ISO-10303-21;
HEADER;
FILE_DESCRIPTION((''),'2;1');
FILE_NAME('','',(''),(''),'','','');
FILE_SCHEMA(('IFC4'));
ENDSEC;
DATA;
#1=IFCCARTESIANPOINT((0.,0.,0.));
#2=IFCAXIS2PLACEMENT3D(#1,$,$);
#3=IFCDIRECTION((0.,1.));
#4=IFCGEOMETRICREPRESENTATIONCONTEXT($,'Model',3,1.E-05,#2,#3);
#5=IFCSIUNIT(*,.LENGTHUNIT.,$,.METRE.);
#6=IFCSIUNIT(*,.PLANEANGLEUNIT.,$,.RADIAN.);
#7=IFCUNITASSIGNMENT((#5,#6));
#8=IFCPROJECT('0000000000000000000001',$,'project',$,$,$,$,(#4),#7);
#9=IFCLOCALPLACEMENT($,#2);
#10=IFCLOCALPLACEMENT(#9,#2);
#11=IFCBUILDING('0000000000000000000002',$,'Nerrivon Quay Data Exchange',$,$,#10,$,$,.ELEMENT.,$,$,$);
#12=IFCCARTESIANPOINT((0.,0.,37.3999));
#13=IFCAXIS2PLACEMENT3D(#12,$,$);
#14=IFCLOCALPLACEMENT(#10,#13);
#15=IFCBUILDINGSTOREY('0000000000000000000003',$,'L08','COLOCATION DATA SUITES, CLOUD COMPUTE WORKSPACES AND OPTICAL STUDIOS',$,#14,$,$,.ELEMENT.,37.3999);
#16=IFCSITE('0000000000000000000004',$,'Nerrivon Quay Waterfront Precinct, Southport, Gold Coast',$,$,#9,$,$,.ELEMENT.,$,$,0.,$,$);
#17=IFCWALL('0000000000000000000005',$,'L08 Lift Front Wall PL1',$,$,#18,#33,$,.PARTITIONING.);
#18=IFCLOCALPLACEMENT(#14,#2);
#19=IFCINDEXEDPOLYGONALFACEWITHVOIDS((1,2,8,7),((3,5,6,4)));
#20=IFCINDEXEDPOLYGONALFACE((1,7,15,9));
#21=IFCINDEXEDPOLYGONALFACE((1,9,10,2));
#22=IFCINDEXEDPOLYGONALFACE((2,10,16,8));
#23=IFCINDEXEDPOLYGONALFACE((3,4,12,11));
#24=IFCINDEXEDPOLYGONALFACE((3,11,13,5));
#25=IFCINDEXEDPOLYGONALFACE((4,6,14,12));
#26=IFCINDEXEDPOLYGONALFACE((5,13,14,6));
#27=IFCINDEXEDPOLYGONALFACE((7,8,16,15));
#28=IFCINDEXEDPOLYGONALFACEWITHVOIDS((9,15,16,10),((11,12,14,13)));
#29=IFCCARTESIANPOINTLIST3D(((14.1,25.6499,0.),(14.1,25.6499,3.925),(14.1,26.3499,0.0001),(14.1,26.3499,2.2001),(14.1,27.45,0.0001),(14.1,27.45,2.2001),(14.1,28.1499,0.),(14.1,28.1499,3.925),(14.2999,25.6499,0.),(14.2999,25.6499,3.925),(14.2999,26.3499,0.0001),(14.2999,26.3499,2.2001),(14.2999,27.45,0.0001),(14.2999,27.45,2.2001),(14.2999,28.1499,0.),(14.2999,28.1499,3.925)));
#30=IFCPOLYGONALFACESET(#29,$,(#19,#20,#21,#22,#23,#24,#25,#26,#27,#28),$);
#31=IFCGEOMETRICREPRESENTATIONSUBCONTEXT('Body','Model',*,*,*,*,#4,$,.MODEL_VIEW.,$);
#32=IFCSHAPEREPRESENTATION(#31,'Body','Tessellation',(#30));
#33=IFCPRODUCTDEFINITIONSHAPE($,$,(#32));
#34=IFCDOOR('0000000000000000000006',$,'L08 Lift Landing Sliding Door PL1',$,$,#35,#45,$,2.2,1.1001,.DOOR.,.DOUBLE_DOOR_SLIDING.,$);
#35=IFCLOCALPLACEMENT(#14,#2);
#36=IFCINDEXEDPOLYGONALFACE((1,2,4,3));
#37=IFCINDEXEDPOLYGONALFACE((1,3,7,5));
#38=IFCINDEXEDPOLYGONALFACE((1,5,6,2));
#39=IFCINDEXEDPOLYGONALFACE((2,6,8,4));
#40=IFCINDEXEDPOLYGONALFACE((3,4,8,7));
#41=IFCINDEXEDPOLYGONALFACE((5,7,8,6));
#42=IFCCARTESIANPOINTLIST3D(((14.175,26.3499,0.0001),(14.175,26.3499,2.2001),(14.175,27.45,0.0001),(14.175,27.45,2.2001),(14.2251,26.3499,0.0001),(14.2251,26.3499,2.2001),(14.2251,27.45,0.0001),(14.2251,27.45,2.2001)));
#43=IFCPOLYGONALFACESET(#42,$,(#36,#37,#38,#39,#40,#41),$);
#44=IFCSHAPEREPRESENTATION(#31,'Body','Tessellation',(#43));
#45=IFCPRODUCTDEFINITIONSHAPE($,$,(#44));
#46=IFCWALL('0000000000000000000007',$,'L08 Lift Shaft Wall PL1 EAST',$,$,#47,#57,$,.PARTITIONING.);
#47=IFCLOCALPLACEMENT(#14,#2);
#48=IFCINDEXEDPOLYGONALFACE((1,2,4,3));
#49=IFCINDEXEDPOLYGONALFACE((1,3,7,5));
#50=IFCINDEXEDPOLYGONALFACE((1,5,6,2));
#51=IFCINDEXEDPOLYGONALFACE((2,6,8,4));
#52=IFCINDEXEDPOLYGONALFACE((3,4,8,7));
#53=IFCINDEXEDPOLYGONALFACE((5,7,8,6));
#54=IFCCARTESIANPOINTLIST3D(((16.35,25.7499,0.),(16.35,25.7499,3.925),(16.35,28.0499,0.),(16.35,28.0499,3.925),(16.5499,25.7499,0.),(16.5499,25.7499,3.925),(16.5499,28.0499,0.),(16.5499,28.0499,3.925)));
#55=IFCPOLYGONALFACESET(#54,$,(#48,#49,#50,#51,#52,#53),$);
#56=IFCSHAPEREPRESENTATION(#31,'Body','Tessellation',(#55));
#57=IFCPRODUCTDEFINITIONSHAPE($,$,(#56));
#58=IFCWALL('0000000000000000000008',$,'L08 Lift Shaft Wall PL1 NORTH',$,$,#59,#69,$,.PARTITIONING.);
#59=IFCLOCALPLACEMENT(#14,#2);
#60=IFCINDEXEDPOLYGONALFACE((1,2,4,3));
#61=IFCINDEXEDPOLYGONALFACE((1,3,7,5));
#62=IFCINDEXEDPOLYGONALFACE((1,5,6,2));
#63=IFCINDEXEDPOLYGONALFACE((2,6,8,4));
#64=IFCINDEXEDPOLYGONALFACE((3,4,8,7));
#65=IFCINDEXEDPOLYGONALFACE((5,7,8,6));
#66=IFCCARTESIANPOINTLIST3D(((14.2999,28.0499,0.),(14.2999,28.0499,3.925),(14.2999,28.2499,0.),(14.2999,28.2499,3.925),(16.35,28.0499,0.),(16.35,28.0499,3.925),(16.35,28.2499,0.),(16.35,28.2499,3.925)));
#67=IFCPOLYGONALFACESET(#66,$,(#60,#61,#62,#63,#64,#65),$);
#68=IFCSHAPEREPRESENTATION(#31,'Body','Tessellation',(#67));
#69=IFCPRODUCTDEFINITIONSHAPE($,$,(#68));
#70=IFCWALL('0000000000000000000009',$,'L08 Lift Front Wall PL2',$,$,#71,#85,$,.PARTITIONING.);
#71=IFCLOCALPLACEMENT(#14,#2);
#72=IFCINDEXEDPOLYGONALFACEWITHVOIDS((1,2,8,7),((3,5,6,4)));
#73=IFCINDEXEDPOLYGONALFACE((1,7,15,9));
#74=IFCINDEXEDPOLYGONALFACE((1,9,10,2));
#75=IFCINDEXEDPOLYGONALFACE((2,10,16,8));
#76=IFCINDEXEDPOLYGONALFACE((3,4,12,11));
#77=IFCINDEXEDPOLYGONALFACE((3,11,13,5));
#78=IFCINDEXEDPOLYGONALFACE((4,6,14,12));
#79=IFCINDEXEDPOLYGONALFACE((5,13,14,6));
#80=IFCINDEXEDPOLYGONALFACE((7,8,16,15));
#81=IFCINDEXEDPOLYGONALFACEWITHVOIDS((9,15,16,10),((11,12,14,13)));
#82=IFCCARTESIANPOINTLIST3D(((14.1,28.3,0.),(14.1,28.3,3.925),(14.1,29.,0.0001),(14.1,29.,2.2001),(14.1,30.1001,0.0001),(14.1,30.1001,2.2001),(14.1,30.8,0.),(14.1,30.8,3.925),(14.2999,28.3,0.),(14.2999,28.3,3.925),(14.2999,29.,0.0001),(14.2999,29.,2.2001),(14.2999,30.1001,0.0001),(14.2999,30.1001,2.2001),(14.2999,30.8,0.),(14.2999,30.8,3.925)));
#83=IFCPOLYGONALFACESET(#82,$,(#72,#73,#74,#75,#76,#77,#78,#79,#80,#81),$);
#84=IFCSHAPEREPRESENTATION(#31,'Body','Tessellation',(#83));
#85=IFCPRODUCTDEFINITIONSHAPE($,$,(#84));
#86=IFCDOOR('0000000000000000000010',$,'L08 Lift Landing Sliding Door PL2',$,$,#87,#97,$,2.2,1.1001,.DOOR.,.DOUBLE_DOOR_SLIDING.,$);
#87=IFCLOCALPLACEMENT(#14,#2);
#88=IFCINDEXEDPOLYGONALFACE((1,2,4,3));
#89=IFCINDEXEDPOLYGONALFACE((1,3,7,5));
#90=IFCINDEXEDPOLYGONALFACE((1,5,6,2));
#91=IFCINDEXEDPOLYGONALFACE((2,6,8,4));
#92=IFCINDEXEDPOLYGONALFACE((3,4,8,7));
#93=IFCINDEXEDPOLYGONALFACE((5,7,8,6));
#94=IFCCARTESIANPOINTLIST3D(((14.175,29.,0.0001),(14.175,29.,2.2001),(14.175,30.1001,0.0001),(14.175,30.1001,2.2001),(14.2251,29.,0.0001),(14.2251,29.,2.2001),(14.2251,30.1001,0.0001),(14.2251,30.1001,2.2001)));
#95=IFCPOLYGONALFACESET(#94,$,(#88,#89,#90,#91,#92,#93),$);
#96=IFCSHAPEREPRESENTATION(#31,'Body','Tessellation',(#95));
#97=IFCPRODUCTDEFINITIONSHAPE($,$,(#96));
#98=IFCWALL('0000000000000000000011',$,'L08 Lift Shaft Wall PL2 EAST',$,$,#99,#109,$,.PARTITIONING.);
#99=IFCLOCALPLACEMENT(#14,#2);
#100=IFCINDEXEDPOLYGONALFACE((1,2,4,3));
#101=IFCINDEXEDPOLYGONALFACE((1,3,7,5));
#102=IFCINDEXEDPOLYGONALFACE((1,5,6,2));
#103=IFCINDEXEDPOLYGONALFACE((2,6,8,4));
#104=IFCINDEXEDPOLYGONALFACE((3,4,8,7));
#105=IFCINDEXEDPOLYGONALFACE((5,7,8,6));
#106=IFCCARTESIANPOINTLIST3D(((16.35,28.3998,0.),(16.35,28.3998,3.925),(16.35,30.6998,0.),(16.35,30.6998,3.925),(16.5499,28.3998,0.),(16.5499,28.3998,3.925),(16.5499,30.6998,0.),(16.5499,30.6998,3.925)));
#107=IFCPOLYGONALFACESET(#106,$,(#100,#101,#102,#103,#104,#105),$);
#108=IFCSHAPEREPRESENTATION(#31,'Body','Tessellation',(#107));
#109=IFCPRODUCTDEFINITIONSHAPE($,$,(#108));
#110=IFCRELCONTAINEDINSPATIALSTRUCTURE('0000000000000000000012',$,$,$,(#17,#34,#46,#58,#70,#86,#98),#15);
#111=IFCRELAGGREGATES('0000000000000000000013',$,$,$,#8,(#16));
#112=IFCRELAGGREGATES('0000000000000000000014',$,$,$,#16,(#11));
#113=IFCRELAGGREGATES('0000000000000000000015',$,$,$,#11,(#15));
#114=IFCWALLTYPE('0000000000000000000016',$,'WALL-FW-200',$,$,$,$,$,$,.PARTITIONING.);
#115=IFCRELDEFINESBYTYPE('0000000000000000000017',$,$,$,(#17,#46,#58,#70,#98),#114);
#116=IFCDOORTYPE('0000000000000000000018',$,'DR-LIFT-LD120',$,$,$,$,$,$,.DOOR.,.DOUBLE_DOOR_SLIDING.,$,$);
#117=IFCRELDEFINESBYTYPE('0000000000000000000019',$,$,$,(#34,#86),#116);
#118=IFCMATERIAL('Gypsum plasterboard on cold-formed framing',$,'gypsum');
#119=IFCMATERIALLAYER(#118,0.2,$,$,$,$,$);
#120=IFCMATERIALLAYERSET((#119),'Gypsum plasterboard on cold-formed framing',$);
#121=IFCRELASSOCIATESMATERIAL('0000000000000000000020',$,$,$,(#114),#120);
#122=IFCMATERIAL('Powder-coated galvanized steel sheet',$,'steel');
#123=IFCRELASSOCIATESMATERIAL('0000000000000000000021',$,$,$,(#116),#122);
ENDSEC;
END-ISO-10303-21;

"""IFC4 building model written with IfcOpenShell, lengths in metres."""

from ifc_helpers import new_model, si_unit, direction, frame, frame_2d, origin, place, context, subcontext, project, spatial, rectangle, extrude, material, layer, layer_set, type_object, element, fill, save


model = new_model("IFC4")

# Units and contexts
model_context = context("Model", 3, precision=1e-05, world=origin(), true_north=direction((0.0, 1.0)))
body_context = subcontext(model_context, "Body", "Model", "MODEL_VIEW")
ifc_project = project(units=[si_unit("LENGTHUNIT", "METRE"), si_unit("PLANEANGLEUNIT", "RADIAN")], contexts=[model_context])

# Site, building, storey
site_placement = place(None, origin())
site = spatial("IfcSite", under=ifc_project, at=site_placement, Name="Nerrivon Quay Waterfront Precinct, Southport, Gold Coast", CompositionType="ELEMENT", RefElevation=0.0)
building_placement = place(site_placement, origin())
building = spatial("IfcBuilding", under=site, at=building_placement, Name="Nerrivon Quay Data Exchange", CompositionType="ELEMENT")
storey_placement = place(building_placement, frame((0.0, 0.0, 37.3999)))
storey = spatial("IfcBuildingStorey", under=building, at=storey_placement, Name="L08", Description="COLOCATION DATA SUITES, CLOUD COMPUTE WORKSPACES AND OPTICAL STUDIOS", CompositionType="ELEMENT", Elevation=37.3999)

# Shared definitions
ifc_material_1 = material(Name="Gypsum plasterboard on cold-formed framing", Category="gypsum")
ifc_layer = layer(ifc_material_1, 0.2)
ifc_layer_set = layer_set([ifc_layer], Name="Gypsum plasterboard on cold-formed framing")
wall_type = type_object("IfcWallType", Name="WALL-FW-200", PredefinedType="PARTITIONING", material=ifc_layer_set)
ifc_material_2 = material(Name="Powder-coated galvanized steel sheet", Category="steel")
door_type = type_object("IfcDoorType", Name="DR-LIFT-LD120", OperationType="DOUBLE_DOOR_SLIDING", PredefinedType="DOOR", material=ifc_material_2)

# Wall, opening, door
wall_1_placement = place(storey_placement, frame((14.2, 25.6499, 0.0), z_axis=(0.0, 0.0, 1.0), x_axis=(0.0, 1.0, 0.0)))
wall_1 = element("IfcWall", 1, at=wall_1_placement, inside=storey, type_object=wall_type, Name="L08 Lift Front Wall PL1", PredefinedType="PARTITIONING", context=body_context, shape_type="SweptSolid", body=[
    extrude(rectangle(XDim=2.5, YDim=0.2, at=frame_2d((1.25, 0.0))), origin(), (0.0, 0.0, 1.0), 3.925),
])
opening_1_placement = place(wall_1_placement, frame((0.7, 0.0, 0.0)))
opening_1 = element("IfcOpeningElement", 2, at=opening_1_placement, cuts=wall_1, PredefinedType="OPENING", context=body_context, shape_type="SweptSolid", body=[
    extrude(rectangle(XDim=1.1001, YDim=2.2, at=frame_2d((0.55, 1.1001))), frame((0.0, 0.1099, 0.0), z_axis=(0.0, -1.0, 0.0), x_axis=(1.0, 0.0, 0.0)), (0.0, 0.0, 1.0), 0.22),
])
door_1_placement = place(opening_1_placement, origin())
door_1 = element("IfcDoor", 3, at=door_1_placement, inside=storey, type_object=door_type, Name="L08 Lift Landing Sliding Door PL1", OperationType="DOUBLE_DOOR_SLIDING", OverallHeight=2.2, OverallWidth=1.1001, PredefinedType="DOOR", context=body_context, shape_type="SweptSolid", body=[
    extrude(rectangle(XDim=1.1001, YDim=2.2, at=frame_2d((0.55, 1.1001))), frame((0.0, 0.0249, 0.0), z_axis=(0.0, -1.0, 0.0), x_axis=(1.0, 0.0, 0.0)), (0.0, 0.0, 1.0), 0.05),
])
fill(opening_1, door_1)

# Walls
wall_2_placement = place(storey_placement, frame((16.45, 25.75, 0.0), z_axis=(0.0, 0.0, 1.0), x_axis=(0.0, 1.0, 0.0)))
element("IfcWall", 4, at=wall_2_placement, inside=storey, type_object=wall_type, Name="L08 Lift Shaft Wall PL1 EAST", PredefinedType="PARTITIONING", context=body_context, shape_type="SweptSolid", body=[
    extrude(rectangle(XDim=2.3, YDim=0.2, at=frame_2d((1.1499, 0.0))), origin(), (0.0, 0.0, 1.0), 3.925),
])
wall_3_placement = place(storey_placement, frame((14.3, 28.1499, 0.0), z_axis=(0.0, 0.0, 1.0), x_axis=(1.0, 0.0, 0.0)))
element("IfcWall", 5, at=wall_3_placement, inside=storey, type_object=wall_type, Name="L08 Lift Shaft Wall PL1 NORTH", PredefinedType="PARTITIONING", context=body_context, shape_type="SweptSolid", body=[
    extrude(rectangle(XDim=2.05, YDim=0.2, at=frame_2d((1.0249, 0.0))), origin(), (0.0, 0.0, 1.0), 3.925),
])

# Wall, opening, door
wall_4_placement = place(storey_placement, frame((14.2, 28.3, 0.0), z_axis=(0.0, 0.0, 1.0), x_axis=(0.0, 1.0, 0.0)))
wall_4 = element("IfcWall", 6, at=wall_4_placement, inside=storey, type_object=wall_type, Name="L08 Lift Front Wall PL2", PredefinedType="PARTITIONING", context=body_context, shape_type="SweptSolid", body=[
    extrude(rectangle(XDim=2.5, YDim=0.2, at=frame_2d((1.25, 0.0))), origin(), (0.0, 0.0, 1.0), 3.925),
])
opening_2_placement = place(wall_4_placement, frame((0.7, 0.0, 0.0)))
opening_2 = element("IfcOpeningElement", 7, at=opening_2_placement, cuts=wall_4, PredefinedType="OPENING", context=body_context, shape_type="SweptSolid", body=[
    extrude(rectangle(XDim=1.1001, YDim=2.2, at=frame_2d((0.55, 1.1001))), frame((0.0, 0.1099, 0.0), z_axis=(0.0, -1.0, 0.0), x_axis=(1.0, 0.0, 0.0)), (0.0, 0.0, 1.0), 0.22),
])
door_2_placement = place(opening_2_placement, origin())
door_2 = element("IfcDoor", 8, at=door_2_placement, inside=storey, type_object=door_type, Name="L08 Lift Landing Sliding Door PL2", OperationType="DOUBLE_DOOR_SLIDING", OverallHeight=2.2, OverallWidth=1.1001, PredefinedType="DOOR", context=body_context, shape_type="SweptSolid", body=[
    extrude(rectangle(XDim=1.1001, YDim=2.2, at=frame_2d((0.55, 1.1001))), frame((0.0, 0.0249, 0.0), z_axis=(0.0, -1.0, 0.0), x_axis=(1.0, 0.0, 0.0)), (0.0, 0.0, 1.0), 0.05),
])
fill(opening_2, door_2)

# Wall
wall_5_placement = place(storey_placement, frame((16.45, 28.3999, 0.0), z_axis=(0.0, 0.0, 1.0), x_axis=(0.0, 1.0, 0.0)))
element("IfcWall", 9, at=wall_5_placement, inside=storey, type_object=wall_type, Name="L08 Lift Shaft Wall PL2 EAST", PredefinedType="PARTITIONING", context=body_context, shape_type="SweptSolid", body=[
    extrude(rectangle(XDim=2.3, YDim=0.2, at=frame_2d((1.1499, 0.0))), origin(), (0.0, 0.0, 1.0), 3.925),
])

save(model, "model.ifc")
